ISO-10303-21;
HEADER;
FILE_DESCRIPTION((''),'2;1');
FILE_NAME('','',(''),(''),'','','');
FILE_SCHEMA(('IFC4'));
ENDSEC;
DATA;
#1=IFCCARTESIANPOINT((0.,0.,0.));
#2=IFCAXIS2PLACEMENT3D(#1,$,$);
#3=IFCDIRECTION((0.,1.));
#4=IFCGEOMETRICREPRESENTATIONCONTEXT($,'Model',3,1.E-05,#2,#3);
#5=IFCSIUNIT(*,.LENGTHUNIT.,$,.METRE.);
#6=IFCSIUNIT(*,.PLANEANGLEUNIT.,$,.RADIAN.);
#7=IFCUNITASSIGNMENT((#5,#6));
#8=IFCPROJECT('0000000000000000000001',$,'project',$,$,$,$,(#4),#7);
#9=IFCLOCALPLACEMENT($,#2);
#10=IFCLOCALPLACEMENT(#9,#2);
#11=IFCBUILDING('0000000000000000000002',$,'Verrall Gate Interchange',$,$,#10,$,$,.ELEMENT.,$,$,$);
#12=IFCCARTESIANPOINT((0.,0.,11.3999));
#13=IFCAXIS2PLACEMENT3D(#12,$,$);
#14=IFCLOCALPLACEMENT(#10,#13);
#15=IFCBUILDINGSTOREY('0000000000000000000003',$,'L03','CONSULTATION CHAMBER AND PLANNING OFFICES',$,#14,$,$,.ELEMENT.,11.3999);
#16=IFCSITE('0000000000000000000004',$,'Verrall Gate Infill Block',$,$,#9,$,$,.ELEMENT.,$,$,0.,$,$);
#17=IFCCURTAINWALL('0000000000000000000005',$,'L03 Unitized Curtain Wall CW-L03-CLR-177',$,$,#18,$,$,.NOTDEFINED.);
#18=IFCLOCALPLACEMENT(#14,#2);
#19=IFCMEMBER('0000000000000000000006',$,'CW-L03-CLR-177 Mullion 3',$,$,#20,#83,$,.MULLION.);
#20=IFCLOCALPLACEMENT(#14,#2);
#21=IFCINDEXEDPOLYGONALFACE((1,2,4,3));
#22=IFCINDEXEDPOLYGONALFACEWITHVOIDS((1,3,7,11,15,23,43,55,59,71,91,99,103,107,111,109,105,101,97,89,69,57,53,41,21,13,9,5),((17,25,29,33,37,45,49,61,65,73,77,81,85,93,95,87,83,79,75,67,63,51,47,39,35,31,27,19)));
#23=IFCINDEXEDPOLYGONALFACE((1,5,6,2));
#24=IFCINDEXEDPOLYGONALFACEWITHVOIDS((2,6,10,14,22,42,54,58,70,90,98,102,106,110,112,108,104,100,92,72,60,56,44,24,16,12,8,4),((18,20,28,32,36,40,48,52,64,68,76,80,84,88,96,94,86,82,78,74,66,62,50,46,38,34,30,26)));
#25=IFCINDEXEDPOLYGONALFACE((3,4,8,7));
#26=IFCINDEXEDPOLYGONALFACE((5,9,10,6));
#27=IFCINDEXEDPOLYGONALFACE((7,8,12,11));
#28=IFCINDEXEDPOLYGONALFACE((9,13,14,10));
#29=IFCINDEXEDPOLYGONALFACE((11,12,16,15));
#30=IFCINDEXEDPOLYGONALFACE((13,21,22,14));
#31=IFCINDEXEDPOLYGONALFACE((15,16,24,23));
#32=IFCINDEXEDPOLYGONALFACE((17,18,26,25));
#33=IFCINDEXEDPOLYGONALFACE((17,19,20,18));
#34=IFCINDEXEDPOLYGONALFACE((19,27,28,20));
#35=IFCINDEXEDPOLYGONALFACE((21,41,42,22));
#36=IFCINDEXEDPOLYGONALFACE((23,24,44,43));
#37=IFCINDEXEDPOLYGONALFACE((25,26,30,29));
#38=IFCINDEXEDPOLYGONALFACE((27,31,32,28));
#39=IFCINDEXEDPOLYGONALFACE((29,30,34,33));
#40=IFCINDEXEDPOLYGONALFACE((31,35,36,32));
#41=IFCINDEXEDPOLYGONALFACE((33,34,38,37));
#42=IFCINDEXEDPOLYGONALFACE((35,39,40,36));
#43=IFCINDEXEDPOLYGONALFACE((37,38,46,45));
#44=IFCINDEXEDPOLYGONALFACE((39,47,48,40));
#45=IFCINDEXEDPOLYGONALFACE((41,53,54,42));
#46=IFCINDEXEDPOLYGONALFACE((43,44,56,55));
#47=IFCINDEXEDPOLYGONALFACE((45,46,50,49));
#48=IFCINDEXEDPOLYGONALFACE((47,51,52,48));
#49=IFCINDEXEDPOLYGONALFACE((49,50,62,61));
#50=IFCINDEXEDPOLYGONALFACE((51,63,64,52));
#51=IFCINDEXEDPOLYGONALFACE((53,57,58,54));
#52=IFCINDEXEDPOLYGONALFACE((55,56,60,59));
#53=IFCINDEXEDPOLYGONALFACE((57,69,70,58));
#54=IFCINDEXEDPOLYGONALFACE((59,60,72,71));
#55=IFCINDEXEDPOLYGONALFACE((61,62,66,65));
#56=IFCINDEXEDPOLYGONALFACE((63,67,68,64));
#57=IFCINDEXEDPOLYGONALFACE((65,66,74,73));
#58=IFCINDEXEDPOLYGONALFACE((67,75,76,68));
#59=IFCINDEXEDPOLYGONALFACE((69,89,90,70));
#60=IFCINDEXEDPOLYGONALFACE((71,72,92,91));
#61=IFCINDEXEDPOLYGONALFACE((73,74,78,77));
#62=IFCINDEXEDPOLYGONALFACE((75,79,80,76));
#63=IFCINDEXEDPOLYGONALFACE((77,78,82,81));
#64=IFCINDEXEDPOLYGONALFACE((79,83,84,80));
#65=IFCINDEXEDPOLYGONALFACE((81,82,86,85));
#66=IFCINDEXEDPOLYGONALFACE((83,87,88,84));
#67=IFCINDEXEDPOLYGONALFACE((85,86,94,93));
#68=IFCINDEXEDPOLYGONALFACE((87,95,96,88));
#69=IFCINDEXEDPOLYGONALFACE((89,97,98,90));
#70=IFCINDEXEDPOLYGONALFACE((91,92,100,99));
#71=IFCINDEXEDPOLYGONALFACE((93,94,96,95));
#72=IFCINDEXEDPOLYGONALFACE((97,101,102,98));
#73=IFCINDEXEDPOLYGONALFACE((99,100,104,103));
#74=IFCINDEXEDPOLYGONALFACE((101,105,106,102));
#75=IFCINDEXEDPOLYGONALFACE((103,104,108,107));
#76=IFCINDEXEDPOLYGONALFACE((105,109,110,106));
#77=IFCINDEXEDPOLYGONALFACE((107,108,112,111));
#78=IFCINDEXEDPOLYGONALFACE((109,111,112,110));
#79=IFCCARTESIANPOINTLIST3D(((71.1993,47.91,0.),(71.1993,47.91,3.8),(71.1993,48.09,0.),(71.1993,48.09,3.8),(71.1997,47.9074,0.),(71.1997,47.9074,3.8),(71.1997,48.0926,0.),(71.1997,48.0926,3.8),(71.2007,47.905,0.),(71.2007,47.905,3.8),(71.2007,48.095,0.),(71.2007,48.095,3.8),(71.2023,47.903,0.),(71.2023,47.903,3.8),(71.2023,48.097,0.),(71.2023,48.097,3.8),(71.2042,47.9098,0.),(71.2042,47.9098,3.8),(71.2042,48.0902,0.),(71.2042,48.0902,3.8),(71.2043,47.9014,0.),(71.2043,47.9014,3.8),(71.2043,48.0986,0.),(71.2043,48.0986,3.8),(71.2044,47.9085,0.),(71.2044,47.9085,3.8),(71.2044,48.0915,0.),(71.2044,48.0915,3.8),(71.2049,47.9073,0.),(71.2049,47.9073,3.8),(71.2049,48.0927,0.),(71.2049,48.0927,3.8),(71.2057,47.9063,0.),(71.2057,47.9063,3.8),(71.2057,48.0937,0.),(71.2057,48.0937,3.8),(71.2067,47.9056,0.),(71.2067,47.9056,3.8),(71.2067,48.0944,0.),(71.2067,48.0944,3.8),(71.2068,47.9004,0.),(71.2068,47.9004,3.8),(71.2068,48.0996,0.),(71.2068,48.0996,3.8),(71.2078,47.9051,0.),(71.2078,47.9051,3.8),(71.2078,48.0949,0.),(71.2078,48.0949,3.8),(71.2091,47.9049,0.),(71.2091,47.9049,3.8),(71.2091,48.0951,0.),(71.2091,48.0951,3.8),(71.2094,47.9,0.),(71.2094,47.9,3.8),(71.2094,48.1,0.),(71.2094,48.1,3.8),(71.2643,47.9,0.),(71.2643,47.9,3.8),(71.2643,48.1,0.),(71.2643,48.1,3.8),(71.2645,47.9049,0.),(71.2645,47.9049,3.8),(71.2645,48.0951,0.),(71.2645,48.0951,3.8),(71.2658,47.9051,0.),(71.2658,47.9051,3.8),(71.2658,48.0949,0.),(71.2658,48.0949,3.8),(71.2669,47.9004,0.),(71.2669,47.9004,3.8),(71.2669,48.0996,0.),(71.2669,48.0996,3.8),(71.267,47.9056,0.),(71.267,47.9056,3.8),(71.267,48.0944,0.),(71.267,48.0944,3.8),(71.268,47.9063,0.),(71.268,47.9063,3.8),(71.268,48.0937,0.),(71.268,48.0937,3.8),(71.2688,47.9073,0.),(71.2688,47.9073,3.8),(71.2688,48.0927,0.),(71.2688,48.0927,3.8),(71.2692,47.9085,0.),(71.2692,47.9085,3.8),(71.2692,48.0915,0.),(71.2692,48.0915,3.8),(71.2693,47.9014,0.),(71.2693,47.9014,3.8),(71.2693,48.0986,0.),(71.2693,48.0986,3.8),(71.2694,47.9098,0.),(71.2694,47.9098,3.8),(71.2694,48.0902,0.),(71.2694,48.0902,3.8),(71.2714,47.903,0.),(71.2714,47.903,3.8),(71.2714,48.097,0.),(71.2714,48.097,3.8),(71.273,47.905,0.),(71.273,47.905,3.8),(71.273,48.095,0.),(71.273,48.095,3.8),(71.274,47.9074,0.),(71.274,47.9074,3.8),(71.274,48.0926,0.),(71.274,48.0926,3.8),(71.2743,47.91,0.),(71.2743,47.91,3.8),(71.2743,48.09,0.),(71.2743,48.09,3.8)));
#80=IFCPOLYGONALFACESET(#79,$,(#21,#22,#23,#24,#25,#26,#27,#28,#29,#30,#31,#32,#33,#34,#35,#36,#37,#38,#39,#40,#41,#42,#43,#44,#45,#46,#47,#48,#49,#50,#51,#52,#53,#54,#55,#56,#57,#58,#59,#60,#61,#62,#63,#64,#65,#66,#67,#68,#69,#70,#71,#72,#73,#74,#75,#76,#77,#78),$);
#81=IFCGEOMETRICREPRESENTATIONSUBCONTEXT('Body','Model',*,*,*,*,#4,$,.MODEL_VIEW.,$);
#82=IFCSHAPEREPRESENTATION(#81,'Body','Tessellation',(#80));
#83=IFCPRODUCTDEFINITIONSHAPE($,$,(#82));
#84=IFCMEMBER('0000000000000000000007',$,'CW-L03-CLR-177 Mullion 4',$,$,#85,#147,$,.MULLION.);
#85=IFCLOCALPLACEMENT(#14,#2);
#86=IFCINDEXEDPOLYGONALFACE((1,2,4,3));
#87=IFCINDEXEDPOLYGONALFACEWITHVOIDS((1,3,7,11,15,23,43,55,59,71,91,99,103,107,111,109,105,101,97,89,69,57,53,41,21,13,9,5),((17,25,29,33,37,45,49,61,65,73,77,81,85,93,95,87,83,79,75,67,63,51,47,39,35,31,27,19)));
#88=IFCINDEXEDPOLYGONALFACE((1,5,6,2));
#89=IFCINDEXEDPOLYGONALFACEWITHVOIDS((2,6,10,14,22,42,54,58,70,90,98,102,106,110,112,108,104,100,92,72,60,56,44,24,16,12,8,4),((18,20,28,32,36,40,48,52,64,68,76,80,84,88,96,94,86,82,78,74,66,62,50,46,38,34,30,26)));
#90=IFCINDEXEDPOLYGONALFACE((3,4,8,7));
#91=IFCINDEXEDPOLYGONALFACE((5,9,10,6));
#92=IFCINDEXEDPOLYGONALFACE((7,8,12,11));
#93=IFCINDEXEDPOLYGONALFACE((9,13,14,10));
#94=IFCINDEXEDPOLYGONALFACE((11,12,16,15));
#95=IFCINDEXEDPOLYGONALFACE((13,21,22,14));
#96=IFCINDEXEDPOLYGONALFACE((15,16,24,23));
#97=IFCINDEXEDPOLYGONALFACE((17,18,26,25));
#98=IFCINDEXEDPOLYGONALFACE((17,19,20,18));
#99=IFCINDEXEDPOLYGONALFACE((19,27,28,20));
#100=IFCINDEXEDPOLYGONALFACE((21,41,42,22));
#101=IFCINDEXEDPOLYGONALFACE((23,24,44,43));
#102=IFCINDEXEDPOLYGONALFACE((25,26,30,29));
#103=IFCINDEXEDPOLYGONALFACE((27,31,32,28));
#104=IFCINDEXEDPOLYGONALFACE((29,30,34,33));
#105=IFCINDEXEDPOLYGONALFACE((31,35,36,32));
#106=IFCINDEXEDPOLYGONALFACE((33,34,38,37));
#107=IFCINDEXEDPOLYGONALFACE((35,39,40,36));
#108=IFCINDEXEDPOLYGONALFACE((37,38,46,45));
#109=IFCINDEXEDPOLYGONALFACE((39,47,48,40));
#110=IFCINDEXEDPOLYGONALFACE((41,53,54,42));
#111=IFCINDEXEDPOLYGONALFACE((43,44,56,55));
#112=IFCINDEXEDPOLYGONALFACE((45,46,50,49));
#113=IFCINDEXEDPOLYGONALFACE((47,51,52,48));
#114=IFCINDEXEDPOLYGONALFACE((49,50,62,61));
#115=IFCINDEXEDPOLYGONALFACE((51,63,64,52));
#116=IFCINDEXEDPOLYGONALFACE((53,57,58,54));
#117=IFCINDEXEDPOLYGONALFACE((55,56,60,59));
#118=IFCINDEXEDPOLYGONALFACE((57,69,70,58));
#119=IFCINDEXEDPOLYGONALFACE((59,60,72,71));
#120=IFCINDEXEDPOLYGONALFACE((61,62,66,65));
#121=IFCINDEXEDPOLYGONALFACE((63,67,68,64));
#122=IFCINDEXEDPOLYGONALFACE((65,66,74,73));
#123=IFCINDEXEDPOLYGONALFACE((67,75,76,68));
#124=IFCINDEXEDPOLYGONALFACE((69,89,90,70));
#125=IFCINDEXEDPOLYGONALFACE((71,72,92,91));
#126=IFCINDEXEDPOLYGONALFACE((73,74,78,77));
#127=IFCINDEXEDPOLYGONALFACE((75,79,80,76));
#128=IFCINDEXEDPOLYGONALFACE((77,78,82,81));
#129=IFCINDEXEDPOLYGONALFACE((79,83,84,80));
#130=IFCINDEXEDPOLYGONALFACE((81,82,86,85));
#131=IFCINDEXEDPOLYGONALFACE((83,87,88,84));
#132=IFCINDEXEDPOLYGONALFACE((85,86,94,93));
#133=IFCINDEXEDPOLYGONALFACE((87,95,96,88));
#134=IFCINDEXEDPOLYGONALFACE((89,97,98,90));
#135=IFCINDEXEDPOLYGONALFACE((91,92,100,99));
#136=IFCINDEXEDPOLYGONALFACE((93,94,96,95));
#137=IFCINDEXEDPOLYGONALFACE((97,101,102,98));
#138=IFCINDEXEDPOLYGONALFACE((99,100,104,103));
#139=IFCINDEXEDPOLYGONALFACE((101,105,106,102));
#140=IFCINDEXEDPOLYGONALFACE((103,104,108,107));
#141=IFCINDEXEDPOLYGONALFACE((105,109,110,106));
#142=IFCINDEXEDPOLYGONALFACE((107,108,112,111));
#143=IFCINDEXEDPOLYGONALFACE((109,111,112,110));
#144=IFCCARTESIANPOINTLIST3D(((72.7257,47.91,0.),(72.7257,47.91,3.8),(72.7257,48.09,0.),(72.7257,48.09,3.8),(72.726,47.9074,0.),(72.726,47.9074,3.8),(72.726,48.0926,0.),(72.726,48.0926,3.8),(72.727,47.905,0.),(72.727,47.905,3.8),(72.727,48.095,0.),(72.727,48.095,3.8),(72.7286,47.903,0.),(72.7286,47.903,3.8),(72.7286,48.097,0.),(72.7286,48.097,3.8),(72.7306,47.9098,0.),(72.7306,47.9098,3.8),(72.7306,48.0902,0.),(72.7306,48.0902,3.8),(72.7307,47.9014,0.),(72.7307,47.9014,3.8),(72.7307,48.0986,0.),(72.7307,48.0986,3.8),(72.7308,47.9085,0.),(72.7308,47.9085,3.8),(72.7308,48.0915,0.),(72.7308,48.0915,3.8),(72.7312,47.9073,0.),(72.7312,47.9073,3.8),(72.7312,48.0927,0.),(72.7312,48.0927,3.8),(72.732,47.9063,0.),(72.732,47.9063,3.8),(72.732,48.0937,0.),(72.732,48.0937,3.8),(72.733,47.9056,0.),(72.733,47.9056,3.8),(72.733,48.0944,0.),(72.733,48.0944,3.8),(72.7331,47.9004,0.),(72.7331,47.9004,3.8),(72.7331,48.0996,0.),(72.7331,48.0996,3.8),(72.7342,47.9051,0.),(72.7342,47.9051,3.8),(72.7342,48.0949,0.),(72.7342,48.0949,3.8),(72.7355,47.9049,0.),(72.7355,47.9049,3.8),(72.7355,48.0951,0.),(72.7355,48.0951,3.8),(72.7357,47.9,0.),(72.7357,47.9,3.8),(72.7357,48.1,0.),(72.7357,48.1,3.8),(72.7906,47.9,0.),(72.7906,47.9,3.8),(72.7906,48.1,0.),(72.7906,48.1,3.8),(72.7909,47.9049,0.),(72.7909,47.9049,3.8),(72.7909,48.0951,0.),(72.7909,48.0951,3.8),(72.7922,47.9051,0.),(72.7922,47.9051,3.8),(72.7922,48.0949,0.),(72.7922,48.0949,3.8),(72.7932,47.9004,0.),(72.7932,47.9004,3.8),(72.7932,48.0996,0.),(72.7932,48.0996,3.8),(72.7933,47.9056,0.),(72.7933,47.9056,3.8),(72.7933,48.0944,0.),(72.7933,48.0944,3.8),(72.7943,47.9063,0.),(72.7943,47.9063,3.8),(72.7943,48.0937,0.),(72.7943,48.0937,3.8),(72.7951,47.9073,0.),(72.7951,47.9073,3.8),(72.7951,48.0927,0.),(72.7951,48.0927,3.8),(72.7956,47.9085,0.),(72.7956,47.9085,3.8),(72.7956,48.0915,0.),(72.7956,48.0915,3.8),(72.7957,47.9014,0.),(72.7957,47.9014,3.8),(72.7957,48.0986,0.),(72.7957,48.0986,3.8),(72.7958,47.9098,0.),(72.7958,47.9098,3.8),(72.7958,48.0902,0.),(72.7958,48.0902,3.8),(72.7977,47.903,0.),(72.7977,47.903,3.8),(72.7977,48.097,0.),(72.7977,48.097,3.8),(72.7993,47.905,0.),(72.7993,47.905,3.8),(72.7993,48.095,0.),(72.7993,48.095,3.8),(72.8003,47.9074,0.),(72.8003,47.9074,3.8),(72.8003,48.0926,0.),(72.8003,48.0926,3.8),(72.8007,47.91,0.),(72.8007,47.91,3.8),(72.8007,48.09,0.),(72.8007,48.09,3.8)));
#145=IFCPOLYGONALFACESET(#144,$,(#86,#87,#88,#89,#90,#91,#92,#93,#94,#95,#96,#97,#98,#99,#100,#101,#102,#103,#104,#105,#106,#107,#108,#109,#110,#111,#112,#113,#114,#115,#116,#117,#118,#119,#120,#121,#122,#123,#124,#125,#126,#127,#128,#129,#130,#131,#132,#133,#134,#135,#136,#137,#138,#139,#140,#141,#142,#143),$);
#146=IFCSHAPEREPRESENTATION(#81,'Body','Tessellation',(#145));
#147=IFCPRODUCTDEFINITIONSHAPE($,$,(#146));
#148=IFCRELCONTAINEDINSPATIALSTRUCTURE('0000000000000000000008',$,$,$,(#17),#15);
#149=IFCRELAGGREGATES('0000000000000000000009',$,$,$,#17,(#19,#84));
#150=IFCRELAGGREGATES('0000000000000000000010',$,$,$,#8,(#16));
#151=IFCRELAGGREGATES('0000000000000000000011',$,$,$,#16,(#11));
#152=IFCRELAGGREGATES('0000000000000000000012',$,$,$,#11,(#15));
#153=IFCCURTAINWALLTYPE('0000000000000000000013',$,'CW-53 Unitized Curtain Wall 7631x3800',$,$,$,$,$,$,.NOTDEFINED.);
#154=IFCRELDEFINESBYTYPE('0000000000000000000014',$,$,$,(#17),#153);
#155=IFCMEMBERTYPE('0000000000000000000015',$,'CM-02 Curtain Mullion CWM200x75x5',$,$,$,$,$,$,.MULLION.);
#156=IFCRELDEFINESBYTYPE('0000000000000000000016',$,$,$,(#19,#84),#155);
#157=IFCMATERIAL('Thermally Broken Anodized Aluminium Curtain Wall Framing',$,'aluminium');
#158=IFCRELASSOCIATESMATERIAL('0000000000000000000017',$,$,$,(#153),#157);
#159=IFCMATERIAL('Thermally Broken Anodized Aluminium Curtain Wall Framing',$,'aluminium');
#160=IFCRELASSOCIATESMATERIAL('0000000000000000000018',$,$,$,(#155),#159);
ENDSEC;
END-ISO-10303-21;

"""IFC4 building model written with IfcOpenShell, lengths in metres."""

from ifc_helpers import new_model, si_unit, direction, frame, origin, origin_2d, place, context, subcontext, project, spatial, hollow_rectangle, extrude, material, material_profile, profile_set, type_object, element, aggregate, save


model = new_model("IFC4")

# Units and contexts
model_context = context("Model", 3, precision=1e-05, world=origin(), true_north=direction((0.0, 1.0)))
body_context = subcontext(model_context, "Body", "Model", "MODEL_VIEW")
ifc_project = project(units=[si_unit("LENGTHUNIT", "METRE"), si_unit("PLANEANGLEUNIT", "RADIAN")], contexts=[model_context])

# Site, building, storey
site_placement = place(None, origin())
site = spatial("IfcSite", under=ifc_project, at=site_placement, Name="Verrall Gate Infill Block", CompositionType="ELEMENT", RefElevation=0.0)
building_placement = place(site_placement, origin())
building = spatial("IfcBuilding", under=site, at=building_placement, Name="Verrall Gate Interchange", CompositionType="ELEMENT")
storey_placement = place(building_placement, frame((0.0, 0.0, 11.3999)))
storey = spatial("IfcBuildingStorey", under=building, at=storey_placement, Name="L03", Description="CONSULTATION CHAMBER AND PLANNING OFFICES", CompositionType="ELEMENT", Elevation=11.3999)

# Curtain wall, members
ifc_material_1 = material(Name="Thermally Broken Anodized Aluminium Curtain Wall Framing", Category="aluminium")
curtain_wall_type = type_object("IfcCurtainWallType", Name="CW-53 Unitized Curtain Wall 7631x3800", PredefinedType="NOTDEFINED", material=ifc_material_1)
ifc_material_2 = material(Name="Thermally Broken Anodized Aluminium Curtain Wall Framing", Category="aluminium")
ifc_material_profile_1 = material_profile(ifc_material_2, hollow_rectangle(XDim=0.075, YDim=0.2, WallThickness=0.0049, InnerFilletRadius=0.0049, OuterFilletRadius=0.01, at=origin_2d()), Name="CWM200x75x5")
ifc_profile_set_1 = profile_set([ifc_material_profile_1], Name="Thermally Broken Anodized Aluminium Curtain Wall Framing")
member_type_1 = type_object("IfcMemberType", Name="CM-02 Curtain Mullion CWM200x75x5", PredefinedType="MULLION", material=ifc_profile_set_1)
curtain_wall_1_placement = place(storey_placement, origin())
curtain_wall_1 = element("IfcCurtainWall", 1, at=curtain_wall_1_placement, inside=storey, type_object=curtain_wall_type, Name="L03 Unitized Curtain Wall CW-L03-CLR-177", PredefinedType="NOTDEFINED")
member_1_placement = place(storey_placement, frame((71.2368, 48.0, 0.0), z_axis=(0.0, 0.0, 1.0), x_axis=(1.0, 0.0, 0.0)))
member_1 = element("IfcMember", 2, at=member_1_placement, type_object=member_type_1, Name="CW-L03-CLR-177 Mullion 3", PredefinedType="MULLION", context=body_context, shape_type="SweptSolid", body=[
    extrude(hollow_rectangle(XDim=0.075, YDim=0.2, WallThickness=0.0049, InnerFilletRadius=0.0049, OuterFilletRadius=0.01, at=origin_2d()), origin(), (0.0, 0.0, 1.0), 3.8),
])
member_2_placement = place(storey_placement, frame((72.7632, 48.0, 0.0), z_axis=(0.0, 0.0, 1.0), x_axis=(1.0, 0.0, 0.0)))
member_2 = element("IfcMember", 3, at=member_2_placement, type_object=member_type_1, Name="CW-L03-CLR-177 Mullion 4", PredefinedType="MULLION", context=body_context, shape_type="SweptSolid", body=[
    extrude(hollow_rectangle(XDim=0.075, YDim=0.2, WallThickness=0.0049, InnerFilletRadius=0.0049, OuterFilletRadius=0.01, at=origin_2d()), origin(), (0.0, 0.0, 1.0), 3.8),
])

aggregate(curtain_wall_1, [member_1, member_2])

save(model, "model.ifc")
